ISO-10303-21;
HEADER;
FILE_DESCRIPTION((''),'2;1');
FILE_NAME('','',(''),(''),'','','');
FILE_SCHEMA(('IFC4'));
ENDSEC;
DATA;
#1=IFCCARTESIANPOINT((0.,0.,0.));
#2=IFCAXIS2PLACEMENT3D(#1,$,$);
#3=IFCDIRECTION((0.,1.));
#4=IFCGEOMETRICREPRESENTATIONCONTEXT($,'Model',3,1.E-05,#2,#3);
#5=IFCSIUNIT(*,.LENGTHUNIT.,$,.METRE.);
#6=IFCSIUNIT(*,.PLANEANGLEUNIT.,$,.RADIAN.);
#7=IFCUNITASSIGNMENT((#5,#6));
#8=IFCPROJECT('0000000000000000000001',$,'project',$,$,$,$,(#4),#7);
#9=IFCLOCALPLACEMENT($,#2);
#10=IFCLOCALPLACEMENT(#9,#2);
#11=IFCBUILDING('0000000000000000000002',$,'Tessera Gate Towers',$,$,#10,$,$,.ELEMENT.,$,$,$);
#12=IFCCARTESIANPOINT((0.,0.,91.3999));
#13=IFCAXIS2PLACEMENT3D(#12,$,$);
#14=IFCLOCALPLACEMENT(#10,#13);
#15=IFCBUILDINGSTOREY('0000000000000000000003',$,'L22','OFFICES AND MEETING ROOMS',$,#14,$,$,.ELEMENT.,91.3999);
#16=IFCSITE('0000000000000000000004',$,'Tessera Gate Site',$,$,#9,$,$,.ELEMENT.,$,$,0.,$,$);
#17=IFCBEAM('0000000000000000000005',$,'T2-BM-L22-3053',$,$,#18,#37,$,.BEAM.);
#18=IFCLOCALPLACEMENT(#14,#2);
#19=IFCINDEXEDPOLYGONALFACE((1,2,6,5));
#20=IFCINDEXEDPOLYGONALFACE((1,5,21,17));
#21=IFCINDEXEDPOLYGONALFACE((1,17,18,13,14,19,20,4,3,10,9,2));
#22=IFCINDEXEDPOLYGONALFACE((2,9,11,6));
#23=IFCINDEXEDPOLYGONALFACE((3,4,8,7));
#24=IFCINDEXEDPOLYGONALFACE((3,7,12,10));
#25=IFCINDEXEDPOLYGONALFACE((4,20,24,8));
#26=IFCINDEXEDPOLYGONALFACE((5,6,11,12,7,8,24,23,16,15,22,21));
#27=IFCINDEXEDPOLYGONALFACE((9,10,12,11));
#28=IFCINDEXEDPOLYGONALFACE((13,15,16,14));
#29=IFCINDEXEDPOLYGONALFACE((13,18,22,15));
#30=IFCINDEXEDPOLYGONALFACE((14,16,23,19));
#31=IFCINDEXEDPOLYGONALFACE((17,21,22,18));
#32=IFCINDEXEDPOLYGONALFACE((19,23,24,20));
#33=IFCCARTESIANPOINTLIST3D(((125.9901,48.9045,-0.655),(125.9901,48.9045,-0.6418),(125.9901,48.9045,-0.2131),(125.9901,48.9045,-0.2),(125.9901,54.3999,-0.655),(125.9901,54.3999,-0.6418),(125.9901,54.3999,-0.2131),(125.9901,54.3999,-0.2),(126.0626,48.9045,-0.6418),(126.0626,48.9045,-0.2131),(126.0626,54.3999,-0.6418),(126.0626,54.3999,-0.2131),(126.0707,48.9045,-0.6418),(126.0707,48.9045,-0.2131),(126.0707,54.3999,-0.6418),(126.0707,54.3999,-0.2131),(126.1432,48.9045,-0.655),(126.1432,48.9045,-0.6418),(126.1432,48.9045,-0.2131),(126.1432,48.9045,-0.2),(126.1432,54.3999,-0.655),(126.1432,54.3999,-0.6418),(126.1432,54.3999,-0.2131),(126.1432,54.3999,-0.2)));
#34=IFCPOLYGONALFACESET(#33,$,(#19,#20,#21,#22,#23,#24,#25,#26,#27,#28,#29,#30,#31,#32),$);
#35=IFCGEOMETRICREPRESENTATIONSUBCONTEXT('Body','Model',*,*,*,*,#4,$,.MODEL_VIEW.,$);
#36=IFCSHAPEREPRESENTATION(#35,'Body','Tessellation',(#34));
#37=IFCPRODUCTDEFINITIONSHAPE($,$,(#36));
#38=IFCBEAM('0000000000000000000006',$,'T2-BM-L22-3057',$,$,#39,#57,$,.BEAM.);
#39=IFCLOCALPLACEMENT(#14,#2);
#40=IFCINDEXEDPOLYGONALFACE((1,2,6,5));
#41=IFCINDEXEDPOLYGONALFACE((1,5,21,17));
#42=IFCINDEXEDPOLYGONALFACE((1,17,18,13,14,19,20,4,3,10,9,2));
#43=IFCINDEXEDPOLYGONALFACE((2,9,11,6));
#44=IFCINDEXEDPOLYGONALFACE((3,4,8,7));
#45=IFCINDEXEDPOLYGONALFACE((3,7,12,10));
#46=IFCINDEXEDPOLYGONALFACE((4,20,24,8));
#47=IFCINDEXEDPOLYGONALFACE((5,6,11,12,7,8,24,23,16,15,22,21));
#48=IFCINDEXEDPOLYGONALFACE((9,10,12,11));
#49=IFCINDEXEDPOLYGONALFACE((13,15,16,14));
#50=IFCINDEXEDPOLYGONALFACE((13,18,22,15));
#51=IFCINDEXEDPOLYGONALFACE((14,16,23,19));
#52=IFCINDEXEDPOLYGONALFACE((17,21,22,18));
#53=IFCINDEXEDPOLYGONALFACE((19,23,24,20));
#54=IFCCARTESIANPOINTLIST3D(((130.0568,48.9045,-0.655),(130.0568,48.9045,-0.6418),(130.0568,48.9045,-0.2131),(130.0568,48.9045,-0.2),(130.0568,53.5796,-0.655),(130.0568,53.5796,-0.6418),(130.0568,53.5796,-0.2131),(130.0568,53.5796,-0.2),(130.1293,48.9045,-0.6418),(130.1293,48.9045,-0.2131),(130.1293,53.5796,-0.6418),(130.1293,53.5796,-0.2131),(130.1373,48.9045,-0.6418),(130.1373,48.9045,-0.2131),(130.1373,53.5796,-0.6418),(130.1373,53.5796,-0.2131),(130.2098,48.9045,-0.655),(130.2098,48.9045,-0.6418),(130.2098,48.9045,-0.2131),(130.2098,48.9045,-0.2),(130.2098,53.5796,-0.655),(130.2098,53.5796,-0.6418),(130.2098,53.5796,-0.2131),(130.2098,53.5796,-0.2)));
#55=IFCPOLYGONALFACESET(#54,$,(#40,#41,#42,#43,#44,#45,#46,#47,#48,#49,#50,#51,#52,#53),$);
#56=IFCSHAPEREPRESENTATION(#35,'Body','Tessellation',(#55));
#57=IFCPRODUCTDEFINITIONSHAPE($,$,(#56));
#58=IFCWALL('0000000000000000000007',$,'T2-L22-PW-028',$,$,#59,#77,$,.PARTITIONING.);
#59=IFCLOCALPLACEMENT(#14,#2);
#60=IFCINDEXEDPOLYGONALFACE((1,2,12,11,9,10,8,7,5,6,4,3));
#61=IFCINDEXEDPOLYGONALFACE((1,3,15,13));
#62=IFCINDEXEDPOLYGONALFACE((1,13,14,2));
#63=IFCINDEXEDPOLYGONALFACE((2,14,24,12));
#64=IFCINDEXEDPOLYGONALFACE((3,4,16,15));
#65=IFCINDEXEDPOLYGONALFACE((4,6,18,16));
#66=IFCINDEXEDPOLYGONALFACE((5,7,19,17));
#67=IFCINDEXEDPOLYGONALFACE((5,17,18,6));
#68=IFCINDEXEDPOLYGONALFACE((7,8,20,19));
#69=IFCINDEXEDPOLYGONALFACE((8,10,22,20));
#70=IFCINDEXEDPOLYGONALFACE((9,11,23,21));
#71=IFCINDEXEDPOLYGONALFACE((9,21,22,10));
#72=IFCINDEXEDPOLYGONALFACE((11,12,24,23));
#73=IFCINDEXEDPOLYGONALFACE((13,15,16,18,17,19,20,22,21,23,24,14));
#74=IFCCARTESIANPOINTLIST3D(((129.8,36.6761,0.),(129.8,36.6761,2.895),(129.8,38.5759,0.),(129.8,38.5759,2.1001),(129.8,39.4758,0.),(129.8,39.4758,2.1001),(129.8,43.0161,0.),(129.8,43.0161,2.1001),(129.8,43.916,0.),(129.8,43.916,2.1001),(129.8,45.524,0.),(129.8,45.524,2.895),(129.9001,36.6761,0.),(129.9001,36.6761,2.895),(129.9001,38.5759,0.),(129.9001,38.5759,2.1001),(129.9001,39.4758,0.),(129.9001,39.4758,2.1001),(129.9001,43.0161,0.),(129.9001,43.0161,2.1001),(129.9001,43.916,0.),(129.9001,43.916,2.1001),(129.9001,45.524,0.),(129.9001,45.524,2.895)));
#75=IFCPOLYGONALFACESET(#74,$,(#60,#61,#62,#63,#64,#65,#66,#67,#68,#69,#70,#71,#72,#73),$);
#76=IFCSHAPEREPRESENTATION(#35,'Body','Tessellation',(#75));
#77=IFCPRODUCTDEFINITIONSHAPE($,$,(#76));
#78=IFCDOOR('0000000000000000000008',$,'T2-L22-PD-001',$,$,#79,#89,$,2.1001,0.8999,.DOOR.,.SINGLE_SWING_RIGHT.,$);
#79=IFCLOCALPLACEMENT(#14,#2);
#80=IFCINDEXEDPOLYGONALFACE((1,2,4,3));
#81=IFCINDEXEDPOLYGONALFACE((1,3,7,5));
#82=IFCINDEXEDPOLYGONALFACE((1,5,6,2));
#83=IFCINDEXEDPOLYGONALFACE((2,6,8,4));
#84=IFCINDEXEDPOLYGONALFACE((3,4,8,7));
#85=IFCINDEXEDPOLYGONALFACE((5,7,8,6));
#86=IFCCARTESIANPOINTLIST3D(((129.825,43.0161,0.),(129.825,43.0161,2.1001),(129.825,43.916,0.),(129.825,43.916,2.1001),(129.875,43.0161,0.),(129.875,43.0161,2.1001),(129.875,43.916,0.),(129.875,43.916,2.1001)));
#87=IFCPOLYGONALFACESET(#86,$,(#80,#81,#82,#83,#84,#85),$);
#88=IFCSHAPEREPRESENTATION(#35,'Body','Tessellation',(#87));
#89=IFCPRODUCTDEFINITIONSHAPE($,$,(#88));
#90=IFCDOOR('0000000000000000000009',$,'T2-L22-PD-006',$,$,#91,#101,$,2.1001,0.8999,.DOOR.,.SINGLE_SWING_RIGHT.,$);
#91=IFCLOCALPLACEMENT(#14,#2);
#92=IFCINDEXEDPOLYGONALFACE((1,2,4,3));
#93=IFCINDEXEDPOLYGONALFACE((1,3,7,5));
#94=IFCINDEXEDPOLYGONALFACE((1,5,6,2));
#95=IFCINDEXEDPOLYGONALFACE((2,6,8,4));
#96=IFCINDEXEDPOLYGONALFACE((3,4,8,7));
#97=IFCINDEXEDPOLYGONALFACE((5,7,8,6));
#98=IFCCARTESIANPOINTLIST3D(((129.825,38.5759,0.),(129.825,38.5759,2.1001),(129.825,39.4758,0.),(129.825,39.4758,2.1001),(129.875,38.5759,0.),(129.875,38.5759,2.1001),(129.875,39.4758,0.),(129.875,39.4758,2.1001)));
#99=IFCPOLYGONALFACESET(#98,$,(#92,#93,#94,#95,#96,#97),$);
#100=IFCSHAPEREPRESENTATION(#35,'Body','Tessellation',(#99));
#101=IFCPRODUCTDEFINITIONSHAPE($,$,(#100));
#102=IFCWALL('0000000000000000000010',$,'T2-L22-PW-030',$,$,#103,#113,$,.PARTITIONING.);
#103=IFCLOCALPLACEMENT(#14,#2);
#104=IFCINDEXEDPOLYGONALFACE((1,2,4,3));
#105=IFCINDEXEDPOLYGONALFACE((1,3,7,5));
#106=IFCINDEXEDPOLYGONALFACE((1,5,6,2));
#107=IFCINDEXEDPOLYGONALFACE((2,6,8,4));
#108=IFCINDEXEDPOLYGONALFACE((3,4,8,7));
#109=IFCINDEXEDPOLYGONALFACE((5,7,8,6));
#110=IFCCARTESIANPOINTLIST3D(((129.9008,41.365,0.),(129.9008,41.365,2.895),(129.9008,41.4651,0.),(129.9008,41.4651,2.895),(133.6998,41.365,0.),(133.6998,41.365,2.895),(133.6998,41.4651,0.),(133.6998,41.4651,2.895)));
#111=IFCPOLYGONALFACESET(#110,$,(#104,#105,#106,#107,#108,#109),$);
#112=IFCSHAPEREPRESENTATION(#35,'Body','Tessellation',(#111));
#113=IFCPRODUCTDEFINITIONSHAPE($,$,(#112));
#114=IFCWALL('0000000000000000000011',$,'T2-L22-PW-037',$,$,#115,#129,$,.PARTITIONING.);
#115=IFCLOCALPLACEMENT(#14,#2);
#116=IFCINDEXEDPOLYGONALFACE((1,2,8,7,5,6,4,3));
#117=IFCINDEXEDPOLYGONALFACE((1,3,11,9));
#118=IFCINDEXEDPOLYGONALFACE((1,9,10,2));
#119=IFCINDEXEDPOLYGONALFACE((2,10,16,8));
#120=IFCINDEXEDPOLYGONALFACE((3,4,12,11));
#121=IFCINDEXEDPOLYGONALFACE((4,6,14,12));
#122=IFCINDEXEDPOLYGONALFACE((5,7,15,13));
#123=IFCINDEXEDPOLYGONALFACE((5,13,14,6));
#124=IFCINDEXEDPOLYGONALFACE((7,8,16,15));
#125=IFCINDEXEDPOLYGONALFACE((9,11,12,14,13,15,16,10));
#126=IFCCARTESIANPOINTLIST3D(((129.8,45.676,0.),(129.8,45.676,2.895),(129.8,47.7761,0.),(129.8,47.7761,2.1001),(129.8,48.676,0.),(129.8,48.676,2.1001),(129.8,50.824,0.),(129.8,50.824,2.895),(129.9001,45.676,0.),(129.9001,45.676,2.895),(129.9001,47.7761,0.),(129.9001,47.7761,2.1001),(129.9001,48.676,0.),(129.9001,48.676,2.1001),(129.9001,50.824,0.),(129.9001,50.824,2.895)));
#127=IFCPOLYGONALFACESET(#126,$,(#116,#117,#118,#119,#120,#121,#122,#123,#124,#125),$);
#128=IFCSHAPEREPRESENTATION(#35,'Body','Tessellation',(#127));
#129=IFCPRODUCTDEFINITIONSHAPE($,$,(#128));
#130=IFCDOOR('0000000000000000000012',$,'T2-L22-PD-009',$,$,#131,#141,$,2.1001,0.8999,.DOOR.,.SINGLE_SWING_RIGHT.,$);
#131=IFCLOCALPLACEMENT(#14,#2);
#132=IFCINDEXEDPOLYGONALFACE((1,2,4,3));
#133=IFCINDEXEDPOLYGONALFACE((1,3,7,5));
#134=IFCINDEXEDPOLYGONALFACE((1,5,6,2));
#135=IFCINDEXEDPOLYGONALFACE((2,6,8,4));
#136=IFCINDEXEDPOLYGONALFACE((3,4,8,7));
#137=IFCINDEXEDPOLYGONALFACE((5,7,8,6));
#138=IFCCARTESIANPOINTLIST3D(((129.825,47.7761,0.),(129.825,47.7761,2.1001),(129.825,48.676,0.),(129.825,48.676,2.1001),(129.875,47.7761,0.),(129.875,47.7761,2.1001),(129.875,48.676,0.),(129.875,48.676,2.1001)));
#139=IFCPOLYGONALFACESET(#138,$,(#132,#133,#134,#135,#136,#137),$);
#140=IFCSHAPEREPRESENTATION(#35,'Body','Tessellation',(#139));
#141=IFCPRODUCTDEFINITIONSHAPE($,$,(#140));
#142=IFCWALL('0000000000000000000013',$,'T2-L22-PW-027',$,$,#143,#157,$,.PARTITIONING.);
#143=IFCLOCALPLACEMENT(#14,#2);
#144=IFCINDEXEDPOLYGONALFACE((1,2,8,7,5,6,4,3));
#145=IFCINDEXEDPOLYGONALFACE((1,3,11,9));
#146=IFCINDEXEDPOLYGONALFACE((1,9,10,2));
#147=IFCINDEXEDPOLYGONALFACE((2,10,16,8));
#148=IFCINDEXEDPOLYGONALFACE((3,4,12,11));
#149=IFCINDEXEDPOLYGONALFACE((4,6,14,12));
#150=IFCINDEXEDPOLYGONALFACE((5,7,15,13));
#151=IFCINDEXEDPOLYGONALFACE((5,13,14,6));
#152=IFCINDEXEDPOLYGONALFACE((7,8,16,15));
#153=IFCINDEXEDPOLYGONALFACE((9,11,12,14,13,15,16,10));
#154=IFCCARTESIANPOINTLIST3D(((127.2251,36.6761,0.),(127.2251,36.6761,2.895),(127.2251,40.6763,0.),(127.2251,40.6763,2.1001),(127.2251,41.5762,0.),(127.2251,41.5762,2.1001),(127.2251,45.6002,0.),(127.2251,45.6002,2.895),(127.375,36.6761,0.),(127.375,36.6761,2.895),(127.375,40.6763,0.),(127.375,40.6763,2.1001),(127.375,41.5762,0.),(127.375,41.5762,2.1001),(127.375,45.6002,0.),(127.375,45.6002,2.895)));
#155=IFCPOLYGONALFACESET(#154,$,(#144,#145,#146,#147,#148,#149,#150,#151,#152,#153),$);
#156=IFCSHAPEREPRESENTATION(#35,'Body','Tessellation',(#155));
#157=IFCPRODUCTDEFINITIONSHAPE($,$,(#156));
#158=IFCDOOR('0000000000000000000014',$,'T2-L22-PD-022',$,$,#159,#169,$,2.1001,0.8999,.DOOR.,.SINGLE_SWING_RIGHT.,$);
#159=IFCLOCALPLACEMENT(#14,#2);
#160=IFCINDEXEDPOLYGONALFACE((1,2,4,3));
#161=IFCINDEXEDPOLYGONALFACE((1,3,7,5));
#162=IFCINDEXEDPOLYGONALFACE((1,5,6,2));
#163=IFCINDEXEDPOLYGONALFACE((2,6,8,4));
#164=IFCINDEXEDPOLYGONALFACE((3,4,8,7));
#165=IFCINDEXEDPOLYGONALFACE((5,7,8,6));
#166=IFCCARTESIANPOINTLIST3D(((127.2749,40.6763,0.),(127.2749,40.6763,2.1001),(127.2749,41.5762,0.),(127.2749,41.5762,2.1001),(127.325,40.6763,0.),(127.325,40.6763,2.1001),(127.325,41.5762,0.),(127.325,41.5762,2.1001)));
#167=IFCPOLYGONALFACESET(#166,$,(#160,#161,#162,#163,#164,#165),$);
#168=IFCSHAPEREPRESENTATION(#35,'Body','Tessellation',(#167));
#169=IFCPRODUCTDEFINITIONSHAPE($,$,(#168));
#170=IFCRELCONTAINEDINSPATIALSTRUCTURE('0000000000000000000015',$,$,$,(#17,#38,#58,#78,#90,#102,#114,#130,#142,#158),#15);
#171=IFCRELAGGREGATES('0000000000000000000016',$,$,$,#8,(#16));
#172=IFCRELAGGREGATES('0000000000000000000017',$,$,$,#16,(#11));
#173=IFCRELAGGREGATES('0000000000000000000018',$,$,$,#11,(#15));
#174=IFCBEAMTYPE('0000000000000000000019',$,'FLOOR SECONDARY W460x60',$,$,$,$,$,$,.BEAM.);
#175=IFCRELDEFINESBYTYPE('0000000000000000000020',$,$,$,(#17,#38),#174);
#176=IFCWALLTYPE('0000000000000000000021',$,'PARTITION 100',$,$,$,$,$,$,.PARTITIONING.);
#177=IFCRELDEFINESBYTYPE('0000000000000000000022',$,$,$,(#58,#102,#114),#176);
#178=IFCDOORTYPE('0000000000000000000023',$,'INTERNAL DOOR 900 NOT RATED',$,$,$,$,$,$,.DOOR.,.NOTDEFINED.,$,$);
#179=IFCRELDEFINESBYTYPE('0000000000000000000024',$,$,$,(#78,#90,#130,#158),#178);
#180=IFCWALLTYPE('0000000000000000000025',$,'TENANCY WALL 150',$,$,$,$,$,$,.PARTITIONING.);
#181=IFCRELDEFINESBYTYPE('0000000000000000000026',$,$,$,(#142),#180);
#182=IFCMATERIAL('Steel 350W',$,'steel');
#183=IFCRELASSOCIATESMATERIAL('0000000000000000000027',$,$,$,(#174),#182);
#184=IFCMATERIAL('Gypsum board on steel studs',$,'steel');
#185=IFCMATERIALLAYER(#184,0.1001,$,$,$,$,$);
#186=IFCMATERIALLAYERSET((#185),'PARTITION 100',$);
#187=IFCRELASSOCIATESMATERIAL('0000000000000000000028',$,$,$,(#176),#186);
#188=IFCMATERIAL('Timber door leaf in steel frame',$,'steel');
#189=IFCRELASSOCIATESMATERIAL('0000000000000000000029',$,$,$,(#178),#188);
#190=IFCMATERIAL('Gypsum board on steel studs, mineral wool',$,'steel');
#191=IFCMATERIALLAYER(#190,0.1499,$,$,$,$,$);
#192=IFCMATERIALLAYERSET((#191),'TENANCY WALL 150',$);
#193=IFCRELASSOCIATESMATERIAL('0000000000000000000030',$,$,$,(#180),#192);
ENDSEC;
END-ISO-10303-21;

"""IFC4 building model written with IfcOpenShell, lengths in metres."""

from ifc_helpers import new_model, si_unit, direction, frame, frame_2d, origin, origin_2d, place, context, subcontext, project, spatial, rectangle, i_section, extrude, source, transform, mapped, material, layer, layer_set, material_profile, profile_set, type_object, element, fill, save


model = new_model("IFC4")

# Units and contexts
model_context = context("Model", 3, precision=1e-05, world=origin(), true_north=direction((0.0, 1.0)))
body_context = subcontext(model_context, "Body", "Model", "MODEL_VIEW")
ifc_project = project(units=[si_unit("LENGTHUNIT", "METRE"), si_unit("PLANEANGLEUNIT", "RADIAN")], contexts=[model_context])

# Site, building, storey
site_placement = place(None, origin())
site = spatial("IfcSite", under=ifc_project, at=site_placement, Name="Tessera Gate Site", CompositionType="ELEMENT", RefElevation=0.0)
building_placement = place(site_placement, origin())
building = spatial("IfcBuilding", under=site, at=building_placement, Name="Tessera Gate Towers", CompositionType="ELEMENT")
storey_placement = place(building_placement, frame((0.0, 0.0, 91.3999)))
storey = spatial("IfcBuildingStorey", under=building, at=storey_placement, Name="L22", Description="OFFICES AND MEETING ROOMS", CompositionType="ELEMENT", Elevation=91.3999)

# Beams
ifc_material_1 = material(Name="Steel 350W", Category="steel")
ifc_material_profile = material_profile(ifc_material_1, i_section(OverallWidth=0.1531, OverallDepth=0.4551, WebThickness=0.0081, FlangeThickness=0.0132, at=origin_2d()), Name="W460x60")
ifc_profile_set = profile_set([ifc_material_profile], Name="Steel 350W")
beam_type = type_object("IfcBeamType", Name="FLOOR SECONDARY W460x60", PredefinedType="BEAM", material=ifc_profile_set)
beam_1_placement = place(storey_placement, frame((126.0667, 48.9045, -0.4275), z_axis=(0.0, 1.0, 0.0), x_axis=(-1.0, 0.0, 0.0)))
element("IfcBeam", 1, at=beam_1_placement, inside=storey, type_object=beam_type, Name="T2-BM-L22-3053", PredefinedType="BEAM", context=body_context, shape_type="SweptSolid", body=[
    extrude(i_section(OverallWidth=0.1531, OverallDepth=0.4551, WebThickness=0.0081, FlangeThickness=0.0132, at=origin_2d()), origin(), (0.0, 0.0, 1.0), 5.4954),
])
beam_2_placement = place(storey_placement, frame((130.1333, 48.9045, -0.4275), z_axis=(0.0, 1.0, 0.0), x_axis=(-1.0, 0.0, 0.0)))
element("IfcBeam", 2, at=beam_2_placement, inside=storey, type_object=beam_type, Name="T2-BM-L22-3057", PredefinedType="BEAM", context=body_context, shape_type="SweptSolid", body=[
    extrude(i_section(OverallWidth=0.1531, OverallDepth=0.4551, WebThickness=0.0081, FlangeThickness=0.0132, at=origin_2d()), origin(), (0.0, 0.0, 1.0), 4.675),
])

# Wall, openings, doors
ifc_material_2 = material(Name="Gypsum board on steel studs", Category="steel")
ifc_layer_1 = layer(ifc_material_2, 0.1001)
ifc_layer_set_1 = layer_set([ifc_layer_1], Name="PARTITION 100")
wall_type_1 = type_object("IfcWallType", Name="PARTITION 100", PredefinedType="PARTITIONING", material=ifc_layer_set_1)
wall_1_placement = place(storey_placement, frame((129.8501, 45.5239, 0.0), z_axis=(0.0, 0.0, 1.0), x_axis=(0.0, -1.0, 0.0)))
wall_1 = element("IfcWall", 3, at=wall_1_placement, inside=storey, type_object=wall_type_1, Name="T2-L22-PW-028", PredefinedType="PARTITIONING", context=body_context, shape_type="SweptSolid", body=[
    extrude(rectangle(XDim=8.8479, YDim=0.1001, at=frame_2d((4.4238, 0.0))), origin(), (0.0, 0.0, 1.0), 2.895),
])
shared_shape_1 = source(origin(), body_context, "Body", "SweptSolid", [
    extrude(rectangle(XDim=0.8999, YDim=2.1001, at=frame_2d((0.45, 1.05))), frame((0.0, 0.0601, 0.0), z_axis=(0.0, -1.0, 0.0), x_axis=(1.0, 0.0, 0.0)), (0.0, 0.0, 1.0), 0.1201),
])
opening_1_placement = place(wall_1_placement, frame((1.6079, 0.0, 0.0)))
opening_1 = element("IfcOpeningElement", 4, at=opening_1_placement, cuts=wall_1, PredefinedType="OPENING", context=body_context, shape_type="MappedRepresentation", body=[
    mapped(shared_shape_1, transform((0.0, 0.0, 0.0), scale=1.0)),
])
opening_2_placement = place(wall_1_placement, frame((6.0481, 0.0, 0.0)))
opening_2 = element("IfcOpeningElement", 5, at=opening_2_placement, cuts=wall_1, PredefinedType="OPENING", context=body_context, shape_type="MappedRepresentation", body=[
    mapped(shared_shape_1, transform((0.0, 0.0, 0.0), scale=1.0)),
])
ifc_material_3 = material(Name="Timber door leaf in steel frame", Category="steel")
door_type = type_object("IfcDoorType", Name="INTERNAL DOOR 900 NOT RATED", OperationType="NOTDEFINED", PredefinedType="DOOR", material=ifc_material_3)
shared_shape_2 = source(origin(), body_context, "Body", "SweptSolid", [
    extrude(rectangle(XDim=0.8999, YDim=2.1001, at=frame_2d((0.45, 1.05))), frame((0.0, 0.0249, 0.0), z_axis=(0.0, -1.0, 0.0), x_axis=(1.0, 0.0, 0.0)), (0.0, 0.0, 1.0), 0.05),
])
door_1_placement = place(opening_1_placement, origin())
door_1 = element("IfcDoor", 6, at=door_1_placement, inside=storey, type_object=door_type, Name="T2-L22-PD-001", OperationType="SINGLE_SWING_RIGHT", OverallHeight=2.1001, OverallWidth=0.8999, PredefinedType="DOOR", context=body_context, shape_type="MappedRepresentation", body=[
    mapped(shared_shape_2, transform((0.0, 0.0, 0.0), scale=1.0)),
])
fill(opening_1, door_1)
door_2_placement = place(opening_2_placement, origin())
door_2 = element("IfcDoor", 7, at=door_2_placement, inside=storey, type_object=door_type, Name="T2-L22-PD-006", OperationType="SINGLE_SWING_RIGHT", OverallHeight=2.1001, OverallWidth=0.8999, PredefinedType="DOOR", context=body_context, shape_type="MappedRepresentation", body=[
    mapped(shared_shape_2, transform((0.0, 0.0, 0.0), scale=1.0)),
])
fill(opening_2, door_2)

# Wall
wall_2_placement = place(storey_placement, frame((129.9009, 41.415, 0.0), z_axis=(0.0, 0.0, 1.0), x_axis=(1.0, 0.0, 0.0)))
element("IfcWall", 8, at=wall_2_placement, inside=storey, type_object=wall_type_1, Name="T2-L22-PW-030", PredefinedType="PARTITIONING", context=body_context, shape_type="SweptSolid", body=[
    extrude(rectangle(XDim=3.7991, YDim=0.1001, at=frame_2d((1.8994, 0.0))), origin(), (0.0, 0.0, 1.0), 2.895),
])

# Walls, openings, doors
wall_3_placement = place(storey_placement, frame((129.8501, 50.824, 0.0), z_axis=(0.0, 0.0, 1.0), x_axis=(0.0, -1.0, 0.0)))
wall_3 = element("IfcWall", 9, at=wall_3_placement, inside=storey, type_object=wall_type_1, Name="T2-L22-PW-037", PredefinedType="PARTITIONING", context=body_context, shape_type="SweptSolid", body=[
    extrude(rectangle(XDim=5.1479, YDim=0.1001, at=frame_2d((2.574, 0.0))), origin(), (0.0, 0.0, 1.0), 2.895),
])
opening_3_placement = place(wall_3_placement, frame((2.1479, 0.0, 0.0)))
opening_3 = element("IfcOpeningElement", 10, at=opening_3_placement, cuts=wall_3, PredefinedType="OPENING", context=body_context, shape_type="MappedRepresentation", body=[
    mapped(shared_shape_1, transform((0.0, 0.0, 0.0), scale=1.0)),
])
door_3_placement = place(opening_3_placement, origin())
door_3 = element("IfcDoor", 11, at=door_3_placement, inside=storey, type_object=door_type, Name="T2-L22-PD-009", OperationType="SINGLE_SWING_RIGHT", OverallHeight=2.1001, OverallWidth=0.8999, PredefinedType="DOOR", context=body_context, shape_type="MappedRepresentation", body=[
    mapped(shared_shape_2, transform((0.0, 0.0, 0.0), scale=1.0)),
])
fill(opening_3, door_3)
ifc_material_4 = material(Name="Gypsum board on steel studs, mineral wool", Category="steel")
ifc_layer_2 = layer(ifc_material_4, 0.1499)
ifc_layer_set_2 = layer_set([ifc_layer_2], Name="TENANCY WALL 150")
wall_type_2 = type_object("IfcWallType", Name="TENANCY WALL 150", PredefinedType="PARTITIONING", material=ifc_layer_set_2)
wall_4_placement = place(storey_placement, frame((127.3, 45.6001, 0.0), z_axis=(0.0, 0.0, 1.0), x_axis=(0.0, -1.0, 0.0)))
wall_4 = element("IfcWall", 12, at=wall_4_placement, inside=storey, type_object=wall_type_2, Name="T2-L22-PW-027", PredefinedType="PARTITIONING", context=body_context, shape_type="SweptSolid", body=[
    extrude(rectangle(XDim=8.9241, YDim=0.1499, at=frame_2d((4.4619, 0.0))), origin(), (0.0, 0.0, 1.0), 2.895),
])
shared_shape_3 = source(origin(), body_context, "Body", "SweptSolid", [
    extrude(rectangle(XDim=0.8999, YDim=2.1001, at=frame_2d((0.45, 1.05))), frame((0.0, 0.085, 0.0), z_axis=(0.0, -1.0, 0.0), x_axis=(1.0, 0.0, 0.0)), (0.0, 0.0, 1.0), 0.1699),
])
opening_4_placement = place(wall_4_placement, frame((4.0239, 0.0, 0.0)))
opening_4 = element("IfcOpeningElement", 13, at=opening_4_placement, cuts=wall_4, PredefinedType="OPENING", context=body_context, shape_type="MappedRepresentation", body=[
    mapped(shared_shape_3, transform((0.0, 0.0, 0.0), scale=1.0)),
])
door_4_placement = place(opening_4_placement, origin())
door_4 = element("IfcDoor", 14, at=door_4_placement, inside=storey, type_object=door_type, Name="T2-L22-PD-022", OperationType="SINGLE_SWING_RIGHT", OverallHeight=2.1001, OverallWidth=0.8999, PredefinedType="DOOR", context=body_context, shape_type="MappedRepresentation", body=[
    mapped(shared_shape_2, transform((0.0, 0.0, 0.0), scale=1.0)),
])
fill(opening_4, door_4)

save(model, "model.ifc")
